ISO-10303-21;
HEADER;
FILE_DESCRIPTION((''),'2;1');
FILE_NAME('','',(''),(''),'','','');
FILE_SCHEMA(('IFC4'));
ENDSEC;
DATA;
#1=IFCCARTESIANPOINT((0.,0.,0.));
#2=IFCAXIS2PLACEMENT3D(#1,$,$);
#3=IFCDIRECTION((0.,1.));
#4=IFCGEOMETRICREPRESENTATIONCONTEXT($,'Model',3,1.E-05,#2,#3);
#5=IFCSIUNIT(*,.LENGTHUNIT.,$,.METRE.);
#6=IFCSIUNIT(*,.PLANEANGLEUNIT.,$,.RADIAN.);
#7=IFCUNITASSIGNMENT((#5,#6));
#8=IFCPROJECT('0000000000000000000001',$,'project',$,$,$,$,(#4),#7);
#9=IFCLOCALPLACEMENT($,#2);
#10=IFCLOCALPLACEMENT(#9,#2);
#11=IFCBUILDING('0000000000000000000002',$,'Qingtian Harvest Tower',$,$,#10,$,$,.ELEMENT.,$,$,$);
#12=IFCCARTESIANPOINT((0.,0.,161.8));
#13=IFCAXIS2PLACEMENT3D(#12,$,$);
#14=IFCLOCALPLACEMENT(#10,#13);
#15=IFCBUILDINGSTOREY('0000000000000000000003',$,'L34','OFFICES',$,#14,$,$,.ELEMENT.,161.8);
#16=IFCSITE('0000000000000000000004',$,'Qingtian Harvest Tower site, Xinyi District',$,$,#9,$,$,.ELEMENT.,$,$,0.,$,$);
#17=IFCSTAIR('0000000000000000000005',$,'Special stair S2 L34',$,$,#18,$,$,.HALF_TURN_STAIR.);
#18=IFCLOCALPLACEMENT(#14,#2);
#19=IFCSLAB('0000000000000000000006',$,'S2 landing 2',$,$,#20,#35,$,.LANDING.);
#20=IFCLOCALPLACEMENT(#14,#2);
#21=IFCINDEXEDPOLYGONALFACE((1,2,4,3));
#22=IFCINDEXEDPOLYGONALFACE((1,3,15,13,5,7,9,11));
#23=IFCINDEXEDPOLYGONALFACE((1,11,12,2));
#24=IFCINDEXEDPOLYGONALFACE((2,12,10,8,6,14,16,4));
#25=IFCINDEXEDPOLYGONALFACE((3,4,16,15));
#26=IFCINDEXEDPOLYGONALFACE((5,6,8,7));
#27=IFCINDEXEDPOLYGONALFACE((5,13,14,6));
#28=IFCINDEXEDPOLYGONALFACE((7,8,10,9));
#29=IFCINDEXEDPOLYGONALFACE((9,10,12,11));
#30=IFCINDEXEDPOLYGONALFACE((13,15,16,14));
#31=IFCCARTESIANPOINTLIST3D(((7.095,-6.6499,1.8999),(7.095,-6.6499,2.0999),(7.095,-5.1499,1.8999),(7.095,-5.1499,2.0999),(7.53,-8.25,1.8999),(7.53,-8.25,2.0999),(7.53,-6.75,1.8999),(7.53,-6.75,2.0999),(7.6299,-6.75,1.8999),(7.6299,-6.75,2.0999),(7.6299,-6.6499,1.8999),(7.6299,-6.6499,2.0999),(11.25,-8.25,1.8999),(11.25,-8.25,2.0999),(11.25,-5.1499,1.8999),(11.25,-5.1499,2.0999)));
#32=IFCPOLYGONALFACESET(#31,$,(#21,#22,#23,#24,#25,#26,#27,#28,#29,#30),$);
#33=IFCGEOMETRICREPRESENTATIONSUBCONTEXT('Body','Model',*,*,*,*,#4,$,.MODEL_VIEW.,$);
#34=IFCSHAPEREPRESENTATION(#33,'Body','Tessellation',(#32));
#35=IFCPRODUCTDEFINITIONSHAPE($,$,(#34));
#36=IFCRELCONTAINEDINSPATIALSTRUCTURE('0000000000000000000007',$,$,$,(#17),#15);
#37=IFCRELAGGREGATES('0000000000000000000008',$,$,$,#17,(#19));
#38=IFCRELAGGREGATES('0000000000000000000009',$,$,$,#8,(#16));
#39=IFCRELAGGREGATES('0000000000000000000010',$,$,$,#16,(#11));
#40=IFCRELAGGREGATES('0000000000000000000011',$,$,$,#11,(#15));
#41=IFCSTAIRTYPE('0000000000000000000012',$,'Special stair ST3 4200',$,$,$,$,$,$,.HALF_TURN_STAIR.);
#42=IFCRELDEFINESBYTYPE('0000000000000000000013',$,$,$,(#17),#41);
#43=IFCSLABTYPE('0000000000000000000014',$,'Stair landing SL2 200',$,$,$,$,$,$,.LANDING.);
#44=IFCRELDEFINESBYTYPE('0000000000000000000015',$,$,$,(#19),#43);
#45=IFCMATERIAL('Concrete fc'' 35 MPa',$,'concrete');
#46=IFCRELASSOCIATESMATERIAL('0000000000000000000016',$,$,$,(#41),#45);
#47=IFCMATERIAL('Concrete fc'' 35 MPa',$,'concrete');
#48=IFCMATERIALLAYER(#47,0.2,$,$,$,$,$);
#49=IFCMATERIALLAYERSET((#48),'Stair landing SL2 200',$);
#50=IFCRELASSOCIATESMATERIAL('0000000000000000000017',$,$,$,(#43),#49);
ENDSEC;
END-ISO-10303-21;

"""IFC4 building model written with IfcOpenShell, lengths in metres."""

from ifc_helpers import new_model, si_unit, direction, frame, origin, place, context, subcontext, project, spatial, polyline, outline, extrude, material, layer, layer_set, type_object, element, aggregate, save


model = new_model("IFC4")

# Units and contexts
model_context = context("Model", 3, precision=1e-05, world=origin(), true_north=direction((0.0, 1.0)))
body_context = subcontext(model_context, "Body", "Model", "MODEL_VIEW")
ifc_project = project(units=[si_unit("LENGTHUNIT", "METRE"), si_unit("PLANEANGLEUNIT", "RADIAN")], contexts=[model_context])

# Site, building, storey
site_placement = place(None, origin())
site = spatial("IfcSite", under=ifc_project, at=site_placement, Name="Qingtian Harvest Tower site, Xinyi District", CompositionType="ELEMENT", RefElevation=0.0)
building_placement = place(site_placement, origin())
building = spatial("IfcBuilding", under=site, at=building_placement, Name="Qingtian Harvest Tower", CompositionType="ELEMENT")
storey_placement = place(building_placement, frame((0.0, 0.0, 161.8)))
storey = spatial("IfcBuildingStorey", under=building, at=storey_placement, Name="L34", Description="OFFICES", CompositionType="ELEMENT", Elevation=161.8)

# Shared definitions
ifc_material_1 = material(Name="Concrete fc' 35 MPa", Category="concrete")
stair_type = type_object("IfcStairType", Name="Special stair ST3 4200", PredefinedType="HALF_TURN_STAIR", material=ifc_material_1)
ifc_material_2 = material(Name="Concrete fc' 35 MPa", Category="concrete")
ifc_layer_1 = layer(ifc_material_2, 0.2)
ifc_layer_set_1 = layer_set([ifc_layer_1], Name="Stair landing SL2 200")
slab_type_1 = type_object("IfcSlabType", Name="Stair landing SL2 200", PredefinedType="LANDING", material=ifc_layer_set_1)

# Stair, slab
stair_1_placement = place(storey_placement, origin())
stair_1 = element("IfcStair", 1, at=stair_1_placement, inside=storey, type_object=stair_type, Name="Special stair S2 L34", PredefinedType="HALF_TURN_STAIR")
slab_1_placement = place(storey_placement, frame((0.0, 0.0, 1.8999)))
slab_1 = element("IfcSlab", 2, at=slab_1_placement, type_object=slab_type_1, Name="S2 landing 2", PredefinedType="LANDING", context=body_context, shape_type="SweptSolid", body=[
    extrude(outline(polyline([(7.53, -8.25), (7.53, -6.75), (7.6299, -6.75), (7.6299, -6.6499), (7.095, -6.6499), (7.095, -5.1499), (11.25, -5.1499), (11.25, -8.25), (7.53, -8.25)])), origin(), (0.0, 0.0, 1.0), 0.2),
])
aggregate(stair_1, [slab_1])

save(model, "model.ifc")
